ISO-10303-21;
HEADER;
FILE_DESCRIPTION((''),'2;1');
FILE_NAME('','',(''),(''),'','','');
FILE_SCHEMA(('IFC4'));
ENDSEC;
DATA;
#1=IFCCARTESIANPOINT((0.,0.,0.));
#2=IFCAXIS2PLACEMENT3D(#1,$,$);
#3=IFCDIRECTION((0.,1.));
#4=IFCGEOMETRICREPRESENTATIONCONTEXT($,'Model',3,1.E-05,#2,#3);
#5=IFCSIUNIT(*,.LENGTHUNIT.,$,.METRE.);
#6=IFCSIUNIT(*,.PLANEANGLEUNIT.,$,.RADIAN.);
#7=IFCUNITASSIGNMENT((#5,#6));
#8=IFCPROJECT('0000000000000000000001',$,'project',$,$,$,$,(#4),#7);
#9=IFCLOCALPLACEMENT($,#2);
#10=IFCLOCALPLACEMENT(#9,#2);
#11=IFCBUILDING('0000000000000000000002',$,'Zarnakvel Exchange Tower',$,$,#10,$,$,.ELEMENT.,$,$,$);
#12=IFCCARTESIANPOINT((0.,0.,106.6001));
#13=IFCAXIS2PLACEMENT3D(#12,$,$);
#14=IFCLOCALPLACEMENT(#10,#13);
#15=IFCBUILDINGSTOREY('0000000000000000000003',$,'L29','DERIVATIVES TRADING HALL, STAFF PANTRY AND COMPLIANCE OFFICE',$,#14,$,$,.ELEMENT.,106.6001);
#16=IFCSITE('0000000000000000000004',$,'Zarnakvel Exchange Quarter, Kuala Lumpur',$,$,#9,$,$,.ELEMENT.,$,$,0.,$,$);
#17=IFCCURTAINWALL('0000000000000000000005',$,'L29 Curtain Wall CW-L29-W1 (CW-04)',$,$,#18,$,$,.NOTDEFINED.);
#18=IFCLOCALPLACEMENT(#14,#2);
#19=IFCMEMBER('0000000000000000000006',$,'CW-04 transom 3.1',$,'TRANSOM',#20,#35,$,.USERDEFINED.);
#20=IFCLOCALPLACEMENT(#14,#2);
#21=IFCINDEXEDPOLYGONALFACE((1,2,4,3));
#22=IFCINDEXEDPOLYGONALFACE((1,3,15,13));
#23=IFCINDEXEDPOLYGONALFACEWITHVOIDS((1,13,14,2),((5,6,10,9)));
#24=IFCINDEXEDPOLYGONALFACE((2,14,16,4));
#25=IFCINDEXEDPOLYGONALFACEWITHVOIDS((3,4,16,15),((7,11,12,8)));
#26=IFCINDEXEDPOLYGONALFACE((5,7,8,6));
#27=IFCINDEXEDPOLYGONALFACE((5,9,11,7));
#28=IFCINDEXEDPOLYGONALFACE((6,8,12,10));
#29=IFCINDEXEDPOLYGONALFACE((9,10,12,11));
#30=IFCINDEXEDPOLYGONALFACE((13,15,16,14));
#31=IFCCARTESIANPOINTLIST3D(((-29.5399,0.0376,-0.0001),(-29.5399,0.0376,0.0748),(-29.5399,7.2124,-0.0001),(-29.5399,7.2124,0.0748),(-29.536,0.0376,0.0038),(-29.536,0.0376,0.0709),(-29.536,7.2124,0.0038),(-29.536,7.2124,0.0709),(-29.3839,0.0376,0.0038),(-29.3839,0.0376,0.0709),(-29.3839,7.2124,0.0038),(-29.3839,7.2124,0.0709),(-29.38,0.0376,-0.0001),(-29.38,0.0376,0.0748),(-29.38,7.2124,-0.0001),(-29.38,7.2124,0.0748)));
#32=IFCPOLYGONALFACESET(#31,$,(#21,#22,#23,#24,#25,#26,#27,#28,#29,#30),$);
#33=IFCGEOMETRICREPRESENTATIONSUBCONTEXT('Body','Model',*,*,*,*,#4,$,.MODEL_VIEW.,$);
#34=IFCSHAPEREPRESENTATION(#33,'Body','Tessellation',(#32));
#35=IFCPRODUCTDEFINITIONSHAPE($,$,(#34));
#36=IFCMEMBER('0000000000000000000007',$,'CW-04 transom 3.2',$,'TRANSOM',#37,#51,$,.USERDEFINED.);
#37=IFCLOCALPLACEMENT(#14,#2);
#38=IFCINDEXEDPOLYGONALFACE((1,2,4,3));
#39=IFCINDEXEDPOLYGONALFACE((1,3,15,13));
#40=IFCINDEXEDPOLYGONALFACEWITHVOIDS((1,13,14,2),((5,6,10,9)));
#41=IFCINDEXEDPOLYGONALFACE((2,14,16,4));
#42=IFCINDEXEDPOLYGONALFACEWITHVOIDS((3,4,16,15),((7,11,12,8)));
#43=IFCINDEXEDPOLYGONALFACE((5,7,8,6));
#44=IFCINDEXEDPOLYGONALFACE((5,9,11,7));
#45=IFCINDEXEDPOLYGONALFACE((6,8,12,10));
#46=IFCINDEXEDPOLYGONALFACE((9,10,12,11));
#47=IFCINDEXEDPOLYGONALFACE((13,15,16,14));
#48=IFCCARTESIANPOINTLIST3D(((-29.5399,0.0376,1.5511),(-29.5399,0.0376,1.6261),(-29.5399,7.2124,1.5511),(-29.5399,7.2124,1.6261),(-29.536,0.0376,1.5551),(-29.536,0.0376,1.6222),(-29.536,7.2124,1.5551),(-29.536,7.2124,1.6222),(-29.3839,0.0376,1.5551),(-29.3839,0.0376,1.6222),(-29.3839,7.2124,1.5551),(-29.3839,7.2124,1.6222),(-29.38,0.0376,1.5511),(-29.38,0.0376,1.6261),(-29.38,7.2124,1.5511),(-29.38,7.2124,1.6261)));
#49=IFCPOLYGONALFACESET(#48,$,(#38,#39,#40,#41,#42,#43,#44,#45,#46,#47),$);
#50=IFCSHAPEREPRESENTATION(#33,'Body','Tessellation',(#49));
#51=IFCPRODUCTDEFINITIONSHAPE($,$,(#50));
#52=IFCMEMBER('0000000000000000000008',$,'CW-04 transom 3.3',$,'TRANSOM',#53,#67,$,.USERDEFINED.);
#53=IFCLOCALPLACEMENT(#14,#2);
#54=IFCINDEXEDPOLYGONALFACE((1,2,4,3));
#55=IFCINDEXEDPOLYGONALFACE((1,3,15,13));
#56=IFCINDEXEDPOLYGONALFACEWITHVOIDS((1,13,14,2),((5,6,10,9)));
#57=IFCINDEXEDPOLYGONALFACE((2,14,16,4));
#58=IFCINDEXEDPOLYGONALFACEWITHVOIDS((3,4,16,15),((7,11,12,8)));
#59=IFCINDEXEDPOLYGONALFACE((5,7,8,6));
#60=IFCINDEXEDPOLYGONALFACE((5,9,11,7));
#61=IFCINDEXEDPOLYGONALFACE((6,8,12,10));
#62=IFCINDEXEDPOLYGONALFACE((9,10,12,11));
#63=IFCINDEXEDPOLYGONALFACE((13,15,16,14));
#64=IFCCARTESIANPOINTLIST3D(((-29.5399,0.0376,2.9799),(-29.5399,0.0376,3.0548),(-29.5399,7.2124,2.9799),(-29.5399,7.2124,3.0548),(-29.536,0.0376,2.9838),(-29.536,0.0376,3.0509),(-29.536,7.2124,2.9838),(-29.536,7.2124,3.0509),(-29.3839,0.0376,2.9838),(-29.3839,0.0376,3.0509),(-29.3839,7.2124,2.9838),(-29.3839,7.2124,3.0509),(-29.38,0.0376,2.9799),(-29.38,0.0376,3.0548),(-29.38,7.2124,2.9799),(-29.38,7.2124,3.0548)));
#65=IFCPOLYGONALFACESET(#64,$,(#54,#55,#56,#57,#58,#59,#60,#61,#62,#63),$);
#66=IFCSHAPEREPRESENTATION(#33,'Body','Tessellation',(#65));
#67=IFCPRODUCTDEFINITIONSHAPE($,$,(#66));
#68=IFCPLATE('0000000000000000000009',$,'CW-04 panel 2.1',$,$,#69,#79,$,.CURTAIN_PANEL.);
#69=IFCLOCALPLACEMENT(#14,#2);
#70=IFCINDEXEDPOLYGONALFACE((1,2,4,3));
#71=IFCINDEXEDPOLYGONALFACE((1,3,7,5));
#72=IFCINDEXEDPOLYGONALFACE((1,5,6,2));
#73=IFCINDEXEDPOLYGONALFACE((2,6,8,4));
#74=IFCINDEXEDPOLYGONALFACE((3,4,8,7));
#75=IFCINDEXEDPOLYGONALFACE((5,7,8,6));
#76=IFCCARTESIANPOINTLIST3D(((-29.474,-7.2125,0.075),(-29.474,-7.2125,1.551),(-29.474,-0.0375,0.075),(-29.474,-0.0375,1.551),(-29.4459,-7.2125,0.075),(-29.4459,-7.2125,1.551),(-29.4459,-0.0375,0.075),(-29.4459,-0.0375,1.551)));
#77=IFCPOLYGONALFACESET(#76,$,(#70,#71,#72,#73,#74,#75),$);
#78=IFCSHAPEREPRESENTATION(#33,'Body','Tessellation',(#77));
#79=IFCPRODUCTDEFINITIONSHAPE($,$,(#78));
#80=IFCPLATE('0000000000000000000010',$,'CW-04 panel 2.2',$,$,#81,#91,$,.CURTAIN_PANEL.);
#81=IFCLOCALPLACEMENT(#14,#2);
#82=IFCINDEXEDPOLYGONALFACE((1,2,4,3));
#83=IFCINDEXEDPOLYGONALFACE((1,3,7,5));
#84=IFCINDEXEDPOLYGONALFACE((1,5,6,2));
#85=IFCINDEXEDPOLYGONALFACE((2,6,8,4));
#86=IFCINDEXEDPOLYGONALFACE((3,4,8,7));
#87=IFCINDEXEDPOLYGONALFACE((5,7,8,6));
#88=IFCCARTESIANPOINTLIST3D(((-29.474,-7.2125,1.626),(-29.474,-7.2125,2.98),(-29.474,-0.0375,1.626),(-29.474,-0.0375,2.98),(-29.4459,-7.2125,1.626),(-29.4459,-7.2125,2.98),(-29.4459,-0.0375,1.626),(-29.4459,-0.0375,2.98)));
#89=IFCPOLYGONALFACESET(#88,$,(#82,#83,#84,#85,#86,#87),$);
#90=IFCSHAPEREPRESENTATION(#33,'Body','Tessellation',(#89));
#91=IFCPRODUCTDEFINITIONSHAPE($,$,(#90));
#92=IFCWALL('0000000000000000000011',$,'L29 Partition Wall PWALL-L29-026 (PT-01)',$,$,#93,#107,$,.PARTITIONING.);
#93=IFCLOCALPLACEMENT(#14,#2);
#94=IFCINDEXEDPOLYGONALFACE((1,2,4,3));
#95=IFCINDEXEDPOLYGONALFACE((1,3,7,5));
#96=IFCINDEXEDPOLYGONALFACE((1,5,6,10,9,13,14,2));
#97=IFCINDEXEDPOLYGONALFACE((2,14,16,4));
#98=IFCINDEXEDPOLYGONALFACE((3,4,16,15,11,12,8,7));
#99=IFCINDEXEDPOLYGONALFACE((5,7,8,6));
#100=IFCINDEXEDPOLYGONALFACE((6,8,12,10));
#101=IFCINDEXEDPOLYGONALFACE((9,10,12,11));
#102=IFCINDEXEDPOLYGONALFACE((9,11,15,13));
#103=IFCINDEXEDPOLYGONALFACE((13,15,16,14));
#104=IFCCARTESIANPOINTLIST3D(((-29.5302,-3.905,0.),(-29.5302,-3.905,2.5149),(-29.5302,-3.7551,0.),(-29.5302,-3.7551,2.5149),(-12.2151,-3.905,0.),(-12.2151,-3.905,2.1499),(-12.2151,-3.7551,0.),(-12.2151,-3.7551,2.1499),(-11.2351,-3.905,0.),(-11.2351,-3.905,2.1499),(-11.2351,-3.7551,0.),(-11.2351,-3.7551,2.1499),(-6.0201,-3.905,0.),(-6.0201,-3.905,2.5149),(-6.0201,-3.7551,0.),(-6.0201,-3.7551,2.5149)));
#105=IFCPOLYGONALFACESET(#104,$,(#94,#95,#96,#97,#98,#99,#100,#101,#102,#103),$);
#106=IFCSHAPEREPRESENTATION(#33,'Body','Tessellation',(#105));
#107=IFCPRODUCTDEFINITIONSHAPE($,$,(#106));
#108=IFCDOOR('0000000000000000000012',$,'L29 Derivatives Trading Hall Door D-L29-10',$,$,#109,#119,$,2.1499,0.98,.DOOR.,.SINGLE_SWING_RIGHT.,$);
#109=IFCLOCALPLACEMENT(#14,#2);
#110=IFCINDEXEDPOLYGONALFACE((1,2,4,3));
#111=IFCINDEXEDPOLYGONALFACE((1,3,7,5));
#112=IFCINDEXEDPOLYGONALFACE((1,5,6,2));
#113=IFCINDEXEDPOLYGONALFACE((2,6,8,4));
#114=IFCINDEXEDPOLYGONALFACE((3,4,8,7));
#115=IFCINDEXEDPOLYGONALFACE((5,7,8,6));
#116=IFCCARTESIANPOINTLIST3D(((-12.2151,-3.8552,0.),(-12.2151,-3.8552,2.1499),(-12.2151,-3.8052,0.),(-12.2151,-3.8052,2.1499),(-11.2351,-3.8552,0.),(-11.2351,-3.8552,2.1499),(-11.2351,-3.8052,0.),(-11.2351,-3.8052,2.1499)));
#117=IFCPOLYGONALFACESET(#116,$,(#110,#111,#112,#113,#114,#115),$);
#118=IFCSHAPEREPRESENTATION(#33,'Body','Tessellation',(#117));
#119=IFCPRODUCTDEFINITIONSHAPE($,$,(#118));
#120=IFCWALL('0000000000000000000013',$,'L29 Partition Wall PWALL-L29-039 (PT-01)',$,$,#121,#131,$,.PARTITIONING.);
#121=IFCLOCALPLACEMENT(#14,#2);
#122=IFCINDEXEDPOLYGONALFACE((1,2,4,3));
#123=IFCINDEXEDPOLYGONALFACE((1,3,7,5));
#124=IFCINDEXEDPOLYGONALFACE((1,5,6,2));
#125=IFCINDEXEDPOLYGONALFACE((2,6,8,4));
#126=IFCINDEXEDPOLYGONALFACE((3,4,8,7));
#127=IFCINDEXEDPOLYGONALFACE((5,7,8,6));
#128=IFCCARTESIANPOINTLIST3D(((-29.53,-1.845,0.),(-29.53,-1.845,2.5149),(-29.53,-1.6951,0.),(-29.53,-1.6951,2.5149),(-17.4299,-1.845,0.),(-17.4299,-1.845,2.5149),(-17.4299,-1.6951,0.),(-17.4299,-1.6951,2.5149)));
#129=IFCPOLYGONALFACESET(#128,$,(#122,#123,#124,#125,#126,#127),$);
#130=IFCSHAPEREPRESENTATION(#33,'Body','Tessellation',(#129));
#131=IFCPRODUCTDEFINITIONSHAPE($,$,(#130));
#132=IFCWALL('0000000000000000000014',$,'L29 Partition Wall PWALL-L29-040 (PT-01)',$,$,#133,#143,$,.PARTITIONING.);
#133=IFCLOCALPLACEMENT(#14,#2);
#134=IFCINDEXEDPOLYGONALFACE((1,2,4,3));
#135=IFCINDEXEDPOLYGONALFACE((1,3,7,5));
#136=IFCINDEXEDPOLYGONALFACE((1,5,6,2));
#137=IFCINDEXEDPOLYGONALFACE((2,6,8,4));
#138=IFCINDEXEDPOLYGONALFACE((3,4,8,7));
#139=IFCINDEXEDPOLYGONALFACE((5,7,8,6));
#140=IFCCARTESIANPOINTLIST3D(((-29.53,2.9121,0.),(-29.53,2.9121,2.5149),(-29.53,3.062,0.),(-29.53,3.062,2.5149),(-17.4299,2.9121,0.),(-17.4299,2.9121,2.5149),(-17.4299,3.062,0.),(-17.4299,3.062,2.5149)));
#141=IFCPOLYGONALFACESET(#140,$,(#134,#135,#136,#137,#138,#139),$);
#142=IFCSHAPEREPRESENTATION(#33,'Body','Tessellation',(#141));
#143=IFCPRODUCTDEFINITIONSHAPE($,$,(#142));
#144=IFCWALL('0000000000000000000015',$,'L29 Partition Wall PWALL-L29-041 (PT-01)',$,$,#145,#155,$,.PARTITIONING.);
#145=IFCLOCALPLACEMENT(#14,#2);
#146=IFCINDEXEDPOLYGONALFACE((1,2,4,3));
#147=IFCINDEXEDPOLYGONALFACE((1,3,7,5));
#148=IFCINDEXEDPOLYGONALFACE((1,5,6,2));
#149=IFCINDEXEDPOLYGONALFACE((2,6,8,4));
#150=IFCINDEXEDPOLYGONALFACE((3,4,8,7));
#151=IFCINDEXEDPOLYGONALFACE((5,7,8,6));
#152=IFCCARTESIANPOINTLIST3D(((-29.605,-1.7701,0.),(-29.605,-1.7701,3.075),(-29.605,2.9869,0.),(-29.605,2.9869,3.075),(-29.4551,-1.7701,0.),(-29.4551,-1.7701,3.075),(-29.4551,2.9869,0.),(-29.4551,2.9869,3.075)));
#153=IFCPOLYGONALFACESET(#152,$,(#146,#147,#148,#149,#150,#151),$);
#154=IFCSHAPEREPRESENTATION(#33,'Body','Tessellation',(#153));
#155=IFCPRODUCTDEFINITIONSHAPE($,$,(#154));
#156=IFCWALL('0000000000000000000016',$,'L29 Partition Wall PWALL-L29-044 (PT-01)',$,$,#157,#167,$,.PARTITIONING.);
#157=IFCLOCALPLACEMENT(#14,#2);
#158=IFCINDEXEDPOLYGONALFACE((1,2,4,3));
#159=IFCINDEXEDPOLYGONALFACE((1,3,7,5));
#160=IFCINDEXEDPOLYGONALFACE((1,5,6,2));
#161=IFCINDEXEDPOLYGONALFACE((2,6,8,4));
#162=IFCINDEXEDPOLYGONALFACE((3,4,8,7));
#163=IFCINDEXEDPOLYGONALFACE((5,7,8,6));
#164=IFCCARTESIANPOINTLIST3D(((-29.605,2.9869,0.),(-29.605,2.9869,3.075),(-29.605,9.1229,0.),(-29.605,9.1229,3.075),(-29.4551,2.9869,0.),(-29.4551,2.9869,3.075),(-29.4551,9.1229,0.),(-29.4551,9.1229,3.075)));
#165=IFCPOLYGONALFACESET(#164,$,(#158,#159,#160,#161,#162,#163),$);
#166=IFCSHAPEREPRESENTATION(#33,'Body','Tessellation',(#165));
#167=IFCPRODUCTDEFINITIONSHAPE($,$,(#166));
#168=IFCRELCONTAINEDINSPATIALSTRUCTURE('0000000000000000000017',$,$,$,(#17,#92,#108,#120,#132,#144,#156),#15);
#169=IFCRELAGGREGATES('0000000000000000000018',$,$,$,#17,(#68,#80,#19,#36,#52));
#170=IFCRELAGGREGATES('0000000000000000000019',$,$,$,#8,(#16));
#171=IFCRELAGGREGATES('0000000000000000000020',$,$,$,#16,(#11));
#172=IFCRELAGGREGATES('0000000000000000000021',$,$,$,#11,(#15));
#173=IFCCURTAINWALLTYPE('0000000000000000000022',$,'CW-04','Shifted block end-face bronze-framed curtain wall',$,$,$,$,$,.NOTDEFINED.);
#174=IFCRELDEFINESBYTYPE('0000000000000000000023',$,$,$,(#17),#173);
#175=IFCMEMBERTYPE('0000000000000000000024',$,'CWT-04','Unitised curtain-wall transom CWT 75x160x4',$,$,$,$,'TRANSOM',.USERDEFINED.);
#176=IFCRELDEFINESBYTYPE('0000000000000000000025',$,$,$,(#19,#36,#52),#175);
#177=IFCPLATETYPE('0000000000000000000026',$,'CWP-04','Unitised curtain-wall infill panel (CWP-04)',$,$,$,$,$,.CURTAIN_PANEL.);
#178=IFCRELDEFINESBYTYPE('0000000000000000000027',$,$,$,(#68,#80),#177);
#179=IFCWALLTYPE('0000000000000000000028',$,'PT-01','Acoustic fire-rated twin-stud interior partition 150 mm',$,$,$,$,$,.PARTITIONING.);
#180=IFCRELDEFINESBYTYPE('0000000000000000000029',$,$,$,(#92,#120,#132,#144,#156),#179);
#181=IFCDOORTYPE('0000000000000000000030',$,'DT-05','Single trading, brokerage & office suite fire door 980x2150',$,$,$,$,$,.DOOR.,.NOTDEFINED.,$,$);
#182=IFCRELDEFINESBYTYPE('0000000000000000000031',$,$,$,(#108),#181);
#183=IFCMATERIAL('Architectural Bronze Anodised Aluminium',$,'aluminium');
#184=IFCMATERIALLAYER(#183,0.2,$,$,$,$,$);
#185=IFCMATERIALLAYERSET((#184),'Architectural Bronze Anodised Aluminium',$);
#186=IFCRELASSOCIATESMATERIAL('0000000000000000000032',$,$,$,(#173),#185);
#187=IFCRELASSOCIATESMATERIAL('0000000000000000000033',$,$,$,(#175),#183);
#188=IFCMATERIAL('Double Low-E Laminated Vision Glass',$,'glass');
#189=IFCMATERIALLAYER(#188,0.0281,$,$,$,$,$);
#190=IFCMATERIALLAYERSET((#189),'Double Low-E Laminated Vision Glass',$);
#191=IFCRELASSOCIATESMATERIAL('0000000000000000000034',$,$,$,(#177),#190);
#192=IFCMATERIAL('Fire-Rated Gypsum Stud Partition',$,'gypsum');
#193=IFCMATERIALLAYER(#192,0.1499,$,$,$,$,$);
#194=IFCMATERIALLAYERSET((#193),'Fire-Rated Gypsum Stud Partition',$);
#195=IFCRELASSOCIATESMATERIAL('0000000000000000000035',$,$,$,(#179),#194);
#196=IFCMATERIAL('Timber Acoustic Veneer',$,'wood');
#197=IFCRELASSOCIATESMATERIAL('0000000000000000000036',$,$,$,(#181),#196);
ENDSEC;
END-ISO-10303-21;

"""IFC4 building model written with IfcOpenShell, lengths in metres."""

from ifc_helpers import new_model, si_unit, direction, frame, frame_2d, origin, origin_2d, place, context, subcontext, project, spatial, rectangle, hollow_rectangle, extrude, source, transform, mapped, material, layer, layer_set, material_profile, profile_set, type_object, element, fill, aggregate, save


model = new_model("IFC4")

# Units and contexts
model_context = context("Model", 3, precision=1e-05, world=origin(), true_north=direction((0.0, 1.0)))
body_context = subcontext(model_context, "Body", "Model", "MODEL_VIEW")
ifc_project = project(units=[si_unit("LENGTHUNIT", "METRE"), si_unit("PLANEANGLEUNIT", "RADIAN")], contexts=[model_context])

# Site, building, storey
site_placement = place(None, origin())
site = spatial("IfcSite", under=ifc_project, at=site_placement, Name="Zarnakvel Exchange Quarter, Kuala Lumpur", CompositionType="ELEMENT", RefElevation=0.0)
building_placement = place(site_placement, origin())
building = spatial("IfcBuilding", under=site, at=building_placement, Name="Zarnakvel Exchange Tower", CompositionType="ELEMENT")
storey_placement = place(building_placement, frame((0.0, 0.0, 106.6001)))
storey = spatial("IfcBuildingStorey", under=building, at=storey_placement, Name="L29", Description="DERIVATIVES TRADING HALL, STAFF PANTRY AND COMPLIANCE OFFICE", CompositionType="ELEMENT", Elevation=106.6001)

# Curtain wall, members, plates
ifc_material_1 = material(Name="Architectural Bronze Anodised Aluminium", Category="aluminium")
ifc_layer_1 = layer(ifc_material_1, 0.2)
ifc_layer_set_1 = layer_set([ifc_layer_1], Name="Architectural Bronze Anodised Aluminium")
curtain_wall_type = type_object("IfcCurtainWallType", Name="CW-04", Description="Shifted block end-face bronze-framed curtain wall", PredefinedType="NOTDEFINED", material=ifc_layer_set_1)
curtain_wall_placement = place(storey_placement, origin())
curtain_wall = element("IfcCurtainWall", 1, at=curtain_wall_placement, inside=storey, type_object=curtain_wall_type, Name="L29 Curtain Wall CW-L29-W1 (CW-04)", PredefinedType="NOTDEFINED")
ifc_material_profile_1 = material_profile(ifc_material_1, hollow_rectangle(XDim=0.1599, YDim=0.075, WallThickness=0.0039, at=origin_2d()))
ifc_profile_set_1 = profile_set([ifc_material_profile_1], Name="Architectural Bronze Anodised Aluminium")
member_type_1 = type_object("IfcMemberType", Name="CWT-04", Description="Unitised curtain-wall transom CWT 75x160x4", ElementType="TRANSOM", PredefinedType="USERDEFINED", material=ifc_profile_set_1)
shared_shape_1 = source(origin(), body_context, "Body", "SweptSolid", [
    extrude(hollow_rectangle(XDim=0.1599, YDim=0.075, WallThickness=0.0039, at=origin_2d()), origin(), (0.0, 0.0, 1.0), 7.1748),
])
member_1_placement = place(storey_placement, frame((-29.46, 0.0376, 0.0374), z_axis=(0.0, 1.0, 0.0), x_axis=(-1.0, 0.0, 0.0)))
member_1 = element("IfcMember", 2, at=member_1_placement, type_object=member_type_1, Name="CW-04 transom 3.1", ObjectType="TRANSOM", PredefinedType="USERDEFINED", context=body_context, shape_type="MappedRepresentation", body=[
    mapped(shared_shape_1, transform((0.0, 0.0, 0.0), x_axis=(1.0, 0.0, 0.0), y_axis=(0.0, 1.0, 0.0), z_axis=(0.0, 0.0, 1.0), scale=1.0)),
])
member_2_placement = place(storey_placement, frame((-29.46, 0.0376, 1.5886), z_axis=(0.0, 1.0, 0.0), x_axis=(-1.0, 0.0, 0.0)))
member_2 = element("IfcMember", 3, at=member_2_placement, type_object=member_type_1, Name="CW-04 transom 3.2", ObjectType="TRANSOM", PredefinedType="USERDEFINED", context=body_context, shape_type="MappedRepresentation", body=[
    mapped(shared_shape_1, transform((0.0, 0.0, 0.0), x_axis=(1.0, 0.0, 0.0), y_axis=(0.0, 1.0, 0.0), z_axis=(0.0, 0.0, 1.0), scale=1.0)),
])
member_3_placement = place(storey_placement, frame((-29.46, 0.0376, 3.0173), z_axis=(0.0, 1.0, 0.0), x_axis=(-1.0, 0.0, 0.0)))
member_3 = element("IfcMember", 4, at=member_3_placement, type_object=member_type_1, Name="CW-04 transom 3.3", ObjectType="TRANSOM", PredefinedType="USERDEFINED", context=body_context, shape_type="MappedRepresentation", body=[
    mapped(shared_shape_1, transform((0.0, 0.0, 0.0), x_axis=(1.0, 0.0, 0.0), y_axis=(0.0, 1.0, 0.0), z_axis=(0.0, 0.0, 1.0), scale=1.0)),
])
ifc_material_2 = material(Name="Double Low-E Laminated Vision Glass", Category="glass")
ifc_layer_2 = layer(ifc_material_2, 0.0281)
ifc_layer_set_2 = layer_set([ifc_layer_2], Name="Double Low-E Laminated Vision Glass")
plate_type = type_object("IfcPlateType", Name="CWP-04", Description="Unitised curtain-wall infill panel (CWP-04)", PredefinedType="CURTAIN_PANEL", material=ifc_layer_set_2)
shared_shape_2 = source(origin(), body_context, "Body", "SweptSolid", [
    extrude(rectangle(XDim=7.175, YDim=0.0281, at=origin_2d()), origin(), (0.0, 0.0, 1.0), 1.4761),
])
plate_1_placement = place(storey_placement, frame((-29.46, -3.625, 0.075), z_axis=(0.0, 0.0, 1.0), x_axis=(0.0, 1.0, 0.0)))
plate_1 = element("IfcPlate", 5, at=plate_1_placement, type_object=plate_type, Name="CW-04 panel 2.1", PredefinedType="CURTAIN_PANEL", context=body_context, shape_type="MappedRepresentation", body=[
    mapped(shared_shape_2, transform((0.0, 0.0, 0.0), x_axis=(1.0, 0.0, 0.0), y_axis=(0.0, 1.0, 0.0), z_axis=(0.0, 0.0, 1.0), scale=1.0)),
])
shared_shape_3 = source(origin(), body_context, "Body", "SweptSolid", [
    extrude(rectangle(XDim=7.175, YDim=0.0281, at=origin_2d()), origin(), (0.0, 0.0, 1.0), 1.354),
])
plate_2_placement = place(storey_placement, frame((-29.46, -3.625, 1.626), z_axis=(0.0, 0.0, 1.0), x_axis=(0.0, 1.0, 0.0)))
plate_2 = element("IfcPlate", 6, at=plate_2_placement, type_object=plate_type, Name="CW-04 panel 2.2", PredefinedType="CURTAIN_PANEL", context=body_context, shape_type="MappedRepresentation", body=[
    mapped(shared_shape_3, transform((0.0, 0.0, 0.0), x_axis=(1.0, 0.0, 0.0), y_axis=(0.0, 1.0, 0.0), z_axis=(0.0, 0.0, 1.0), scale=1.0)),
])
aggregate(curtain_wall, [plate_1, plate_2, member_1, member_2, member_3])

# Wall, opening, door
ifc_material_3 = material(Name="Fire-Rated Gypsum Stud Partition", Category="gypsum")
ifc_layer_3 = layer(ifc_material_3, 0.1499)
ifc_layer_set_3 = layer_set([ifc_layer_3], Name="Fire-Rated Gypsum Stud Partition")
wall_type = type_object("IfcWallType", Name="PT-01", Description="Acoustic fire-rated twin-stud interior partition 150 mm", PredefinedType="PARTITIONING", material=ifc_layer_set_3)
wall_1_placement = place(storey_placement, frame((-29.53, -3.8301, 0.0), z_axis=(0.0, 0.0, 1.0), x_axis=(1.0, 0.0, 0.0)))
wall_1 = element("IfcWall", 7, at=wall_1_placement, inside=storey, type_object=wall_type, Name="L29 Partition Wall PWALL-L29-026 (PT-01)", PredefinedType="PARTITIONING", context=body_context, shape_type="SweptSolid", body=[
    extrude(rectangle(XDim=23.51, YDim=0.1499, at=frame_2d((11.7549, 0.0))), origin(), (0.0, 0.0, 1.0), 2.5149),
])
opening_1_placement = place(wall_1_placement, frame((17.3149, 0.0, 0.0)))
opening_1 = element("IfcOpeningElement", 8, at=opening_1_placement, cuts=wall_1, PredefinedType="OPENING", context=body_context, shape_type="SweptSolid", body=[
    extrude(rectangle(XDim=0.98, YDim=2.1499, at=frame_2d((0.49, 1.075))), frame((0.0, 0.085, 0.0), z_axis=(0.0, -1.0, 0.0), x_axis=(1.0, 0.0, 0.0)), (0.0, 0.0, 1.0), 0.1699),
])
ifc_material_4 = material(Name="Timber Acoustic Veneer", Category="wood")
door_type = type_object("IfcDoorType", Name="DT-05", Description="Single trading, brokerage & office suite fire door 980x2150", OperationType="NOTDEFINED", PredefinedType="DOOR", material=ifc_material_4)
shared_shape_4 = source(origin(), body_context, "Body", "SweptSolid", [
    extrude(rectangle(XDim=0.98, YDim=2.1499, at=frame_2d((0.49, 1.075))), frame((0.0, 0.0249, 0.0), z_axis=(0.0, -1.0, 0.0), x_axis=(1.0, 0.0, 0.0)), (0.0, 0.0, 1.0), 0.05),
])
door_1_placement = place(opening_1_placement, origin())
door_1 = element("IfcDoor", 9, at=door_1_placement, inside=storey, type_object=door_type, Name="L29 Derivatives Trading Hall Door D-L29-10", OperationType="SINGLE_SWING_RIGHT", OverallHeight=2.1499, OverallWidth=0.98, PredefinedType="DOOR", context=body_context, shape_type="MappedRepresentation", body=[
    mapped(shared_shape_4, transform((0.0, 0.0, 0.0), x_axis=(1.0, 0.0, 0.0), y_axis=(0.0, 1.0, 0.0), z_axis=(0.0, 0.0, 1.0), scale=1.0)),
])
fill(opening_1, door_1)

# Walls
for number, where, z_axis, x_axis, name in (
    (10, (-17.4299, -1.77, 0.0), (0.0, 0.0, 1.0), (-1.0, 0.0, 0.0), "L29 Partition Wall PWALL-L29-039 (PT-01)"),
    (11, (-29.53, 2.9871, 0.0), (0.0, 0.0, 1.0), (1.0, 0.0, 0.0), "L29 Partition Wall PWALL-L29-040 (PT-01)"),
):
    element("IfcWall", number, at=place(storey_placement, frame(where, z_axis=z_axis, x_axis=x_axis)), inside=storey, type_object=wall_type, Name=name, PredefinedType="PARTITIONING", context=body_context, shape_type="SweptSolid", body=[
        extrude(rectangle(XDim=12.1001, YDim=0.1499, at=frame_2d((6.05, 0.0))), origin(), (0.0, 0.0, 1.0), 2.5149),
    ])
wall_2_placement = place(storey_placement, frame((-29.53, -1.77, 0.0), z_axis=(0.0, 0.0, 1.0), x_axis=(0.0, 1.0, 0.0)))
element("IfcWall", 12, at=wall_2_placement, inside=storey, type_object=wall_type, Name="L29 Partition Wall PWALL-L29-041 (PT-01)", PredefinedType="PARTITIONING", context=body_context, shape_type="SweptSolid", body=[
    extrude(rectangle(XDim=4.7571, YDim=0.1499, at=frame_2d((2.3784, 0.0))), origin(), (0.0, 0.0, 1.0), 3.075),
])

# Wall
wall_3_placement = place(storey_placement, frame((-29.53, 2.9871, 0.0), z_axis=(0.0, 0.0, 1.0), x_axis=(0.0, 1.0, 0.0)))
element("IfcWall", 13, at=wall_3_placement, inside=storey, type_object=wall_type, Name="L29 Partition Wall PWALL-L29-044 (PT-01)", PredefinedType="PARTITIONING", context=body_context, shape_type="SweptSolid", body=[
    extrude(rectangle(XDim=6.136, YDim=0.1499, at=frame_2d((3.0679, 0.0))), origin(), (0.0, 0.0, 1.0), 3.075),
])

save(model, "model.ifc")
